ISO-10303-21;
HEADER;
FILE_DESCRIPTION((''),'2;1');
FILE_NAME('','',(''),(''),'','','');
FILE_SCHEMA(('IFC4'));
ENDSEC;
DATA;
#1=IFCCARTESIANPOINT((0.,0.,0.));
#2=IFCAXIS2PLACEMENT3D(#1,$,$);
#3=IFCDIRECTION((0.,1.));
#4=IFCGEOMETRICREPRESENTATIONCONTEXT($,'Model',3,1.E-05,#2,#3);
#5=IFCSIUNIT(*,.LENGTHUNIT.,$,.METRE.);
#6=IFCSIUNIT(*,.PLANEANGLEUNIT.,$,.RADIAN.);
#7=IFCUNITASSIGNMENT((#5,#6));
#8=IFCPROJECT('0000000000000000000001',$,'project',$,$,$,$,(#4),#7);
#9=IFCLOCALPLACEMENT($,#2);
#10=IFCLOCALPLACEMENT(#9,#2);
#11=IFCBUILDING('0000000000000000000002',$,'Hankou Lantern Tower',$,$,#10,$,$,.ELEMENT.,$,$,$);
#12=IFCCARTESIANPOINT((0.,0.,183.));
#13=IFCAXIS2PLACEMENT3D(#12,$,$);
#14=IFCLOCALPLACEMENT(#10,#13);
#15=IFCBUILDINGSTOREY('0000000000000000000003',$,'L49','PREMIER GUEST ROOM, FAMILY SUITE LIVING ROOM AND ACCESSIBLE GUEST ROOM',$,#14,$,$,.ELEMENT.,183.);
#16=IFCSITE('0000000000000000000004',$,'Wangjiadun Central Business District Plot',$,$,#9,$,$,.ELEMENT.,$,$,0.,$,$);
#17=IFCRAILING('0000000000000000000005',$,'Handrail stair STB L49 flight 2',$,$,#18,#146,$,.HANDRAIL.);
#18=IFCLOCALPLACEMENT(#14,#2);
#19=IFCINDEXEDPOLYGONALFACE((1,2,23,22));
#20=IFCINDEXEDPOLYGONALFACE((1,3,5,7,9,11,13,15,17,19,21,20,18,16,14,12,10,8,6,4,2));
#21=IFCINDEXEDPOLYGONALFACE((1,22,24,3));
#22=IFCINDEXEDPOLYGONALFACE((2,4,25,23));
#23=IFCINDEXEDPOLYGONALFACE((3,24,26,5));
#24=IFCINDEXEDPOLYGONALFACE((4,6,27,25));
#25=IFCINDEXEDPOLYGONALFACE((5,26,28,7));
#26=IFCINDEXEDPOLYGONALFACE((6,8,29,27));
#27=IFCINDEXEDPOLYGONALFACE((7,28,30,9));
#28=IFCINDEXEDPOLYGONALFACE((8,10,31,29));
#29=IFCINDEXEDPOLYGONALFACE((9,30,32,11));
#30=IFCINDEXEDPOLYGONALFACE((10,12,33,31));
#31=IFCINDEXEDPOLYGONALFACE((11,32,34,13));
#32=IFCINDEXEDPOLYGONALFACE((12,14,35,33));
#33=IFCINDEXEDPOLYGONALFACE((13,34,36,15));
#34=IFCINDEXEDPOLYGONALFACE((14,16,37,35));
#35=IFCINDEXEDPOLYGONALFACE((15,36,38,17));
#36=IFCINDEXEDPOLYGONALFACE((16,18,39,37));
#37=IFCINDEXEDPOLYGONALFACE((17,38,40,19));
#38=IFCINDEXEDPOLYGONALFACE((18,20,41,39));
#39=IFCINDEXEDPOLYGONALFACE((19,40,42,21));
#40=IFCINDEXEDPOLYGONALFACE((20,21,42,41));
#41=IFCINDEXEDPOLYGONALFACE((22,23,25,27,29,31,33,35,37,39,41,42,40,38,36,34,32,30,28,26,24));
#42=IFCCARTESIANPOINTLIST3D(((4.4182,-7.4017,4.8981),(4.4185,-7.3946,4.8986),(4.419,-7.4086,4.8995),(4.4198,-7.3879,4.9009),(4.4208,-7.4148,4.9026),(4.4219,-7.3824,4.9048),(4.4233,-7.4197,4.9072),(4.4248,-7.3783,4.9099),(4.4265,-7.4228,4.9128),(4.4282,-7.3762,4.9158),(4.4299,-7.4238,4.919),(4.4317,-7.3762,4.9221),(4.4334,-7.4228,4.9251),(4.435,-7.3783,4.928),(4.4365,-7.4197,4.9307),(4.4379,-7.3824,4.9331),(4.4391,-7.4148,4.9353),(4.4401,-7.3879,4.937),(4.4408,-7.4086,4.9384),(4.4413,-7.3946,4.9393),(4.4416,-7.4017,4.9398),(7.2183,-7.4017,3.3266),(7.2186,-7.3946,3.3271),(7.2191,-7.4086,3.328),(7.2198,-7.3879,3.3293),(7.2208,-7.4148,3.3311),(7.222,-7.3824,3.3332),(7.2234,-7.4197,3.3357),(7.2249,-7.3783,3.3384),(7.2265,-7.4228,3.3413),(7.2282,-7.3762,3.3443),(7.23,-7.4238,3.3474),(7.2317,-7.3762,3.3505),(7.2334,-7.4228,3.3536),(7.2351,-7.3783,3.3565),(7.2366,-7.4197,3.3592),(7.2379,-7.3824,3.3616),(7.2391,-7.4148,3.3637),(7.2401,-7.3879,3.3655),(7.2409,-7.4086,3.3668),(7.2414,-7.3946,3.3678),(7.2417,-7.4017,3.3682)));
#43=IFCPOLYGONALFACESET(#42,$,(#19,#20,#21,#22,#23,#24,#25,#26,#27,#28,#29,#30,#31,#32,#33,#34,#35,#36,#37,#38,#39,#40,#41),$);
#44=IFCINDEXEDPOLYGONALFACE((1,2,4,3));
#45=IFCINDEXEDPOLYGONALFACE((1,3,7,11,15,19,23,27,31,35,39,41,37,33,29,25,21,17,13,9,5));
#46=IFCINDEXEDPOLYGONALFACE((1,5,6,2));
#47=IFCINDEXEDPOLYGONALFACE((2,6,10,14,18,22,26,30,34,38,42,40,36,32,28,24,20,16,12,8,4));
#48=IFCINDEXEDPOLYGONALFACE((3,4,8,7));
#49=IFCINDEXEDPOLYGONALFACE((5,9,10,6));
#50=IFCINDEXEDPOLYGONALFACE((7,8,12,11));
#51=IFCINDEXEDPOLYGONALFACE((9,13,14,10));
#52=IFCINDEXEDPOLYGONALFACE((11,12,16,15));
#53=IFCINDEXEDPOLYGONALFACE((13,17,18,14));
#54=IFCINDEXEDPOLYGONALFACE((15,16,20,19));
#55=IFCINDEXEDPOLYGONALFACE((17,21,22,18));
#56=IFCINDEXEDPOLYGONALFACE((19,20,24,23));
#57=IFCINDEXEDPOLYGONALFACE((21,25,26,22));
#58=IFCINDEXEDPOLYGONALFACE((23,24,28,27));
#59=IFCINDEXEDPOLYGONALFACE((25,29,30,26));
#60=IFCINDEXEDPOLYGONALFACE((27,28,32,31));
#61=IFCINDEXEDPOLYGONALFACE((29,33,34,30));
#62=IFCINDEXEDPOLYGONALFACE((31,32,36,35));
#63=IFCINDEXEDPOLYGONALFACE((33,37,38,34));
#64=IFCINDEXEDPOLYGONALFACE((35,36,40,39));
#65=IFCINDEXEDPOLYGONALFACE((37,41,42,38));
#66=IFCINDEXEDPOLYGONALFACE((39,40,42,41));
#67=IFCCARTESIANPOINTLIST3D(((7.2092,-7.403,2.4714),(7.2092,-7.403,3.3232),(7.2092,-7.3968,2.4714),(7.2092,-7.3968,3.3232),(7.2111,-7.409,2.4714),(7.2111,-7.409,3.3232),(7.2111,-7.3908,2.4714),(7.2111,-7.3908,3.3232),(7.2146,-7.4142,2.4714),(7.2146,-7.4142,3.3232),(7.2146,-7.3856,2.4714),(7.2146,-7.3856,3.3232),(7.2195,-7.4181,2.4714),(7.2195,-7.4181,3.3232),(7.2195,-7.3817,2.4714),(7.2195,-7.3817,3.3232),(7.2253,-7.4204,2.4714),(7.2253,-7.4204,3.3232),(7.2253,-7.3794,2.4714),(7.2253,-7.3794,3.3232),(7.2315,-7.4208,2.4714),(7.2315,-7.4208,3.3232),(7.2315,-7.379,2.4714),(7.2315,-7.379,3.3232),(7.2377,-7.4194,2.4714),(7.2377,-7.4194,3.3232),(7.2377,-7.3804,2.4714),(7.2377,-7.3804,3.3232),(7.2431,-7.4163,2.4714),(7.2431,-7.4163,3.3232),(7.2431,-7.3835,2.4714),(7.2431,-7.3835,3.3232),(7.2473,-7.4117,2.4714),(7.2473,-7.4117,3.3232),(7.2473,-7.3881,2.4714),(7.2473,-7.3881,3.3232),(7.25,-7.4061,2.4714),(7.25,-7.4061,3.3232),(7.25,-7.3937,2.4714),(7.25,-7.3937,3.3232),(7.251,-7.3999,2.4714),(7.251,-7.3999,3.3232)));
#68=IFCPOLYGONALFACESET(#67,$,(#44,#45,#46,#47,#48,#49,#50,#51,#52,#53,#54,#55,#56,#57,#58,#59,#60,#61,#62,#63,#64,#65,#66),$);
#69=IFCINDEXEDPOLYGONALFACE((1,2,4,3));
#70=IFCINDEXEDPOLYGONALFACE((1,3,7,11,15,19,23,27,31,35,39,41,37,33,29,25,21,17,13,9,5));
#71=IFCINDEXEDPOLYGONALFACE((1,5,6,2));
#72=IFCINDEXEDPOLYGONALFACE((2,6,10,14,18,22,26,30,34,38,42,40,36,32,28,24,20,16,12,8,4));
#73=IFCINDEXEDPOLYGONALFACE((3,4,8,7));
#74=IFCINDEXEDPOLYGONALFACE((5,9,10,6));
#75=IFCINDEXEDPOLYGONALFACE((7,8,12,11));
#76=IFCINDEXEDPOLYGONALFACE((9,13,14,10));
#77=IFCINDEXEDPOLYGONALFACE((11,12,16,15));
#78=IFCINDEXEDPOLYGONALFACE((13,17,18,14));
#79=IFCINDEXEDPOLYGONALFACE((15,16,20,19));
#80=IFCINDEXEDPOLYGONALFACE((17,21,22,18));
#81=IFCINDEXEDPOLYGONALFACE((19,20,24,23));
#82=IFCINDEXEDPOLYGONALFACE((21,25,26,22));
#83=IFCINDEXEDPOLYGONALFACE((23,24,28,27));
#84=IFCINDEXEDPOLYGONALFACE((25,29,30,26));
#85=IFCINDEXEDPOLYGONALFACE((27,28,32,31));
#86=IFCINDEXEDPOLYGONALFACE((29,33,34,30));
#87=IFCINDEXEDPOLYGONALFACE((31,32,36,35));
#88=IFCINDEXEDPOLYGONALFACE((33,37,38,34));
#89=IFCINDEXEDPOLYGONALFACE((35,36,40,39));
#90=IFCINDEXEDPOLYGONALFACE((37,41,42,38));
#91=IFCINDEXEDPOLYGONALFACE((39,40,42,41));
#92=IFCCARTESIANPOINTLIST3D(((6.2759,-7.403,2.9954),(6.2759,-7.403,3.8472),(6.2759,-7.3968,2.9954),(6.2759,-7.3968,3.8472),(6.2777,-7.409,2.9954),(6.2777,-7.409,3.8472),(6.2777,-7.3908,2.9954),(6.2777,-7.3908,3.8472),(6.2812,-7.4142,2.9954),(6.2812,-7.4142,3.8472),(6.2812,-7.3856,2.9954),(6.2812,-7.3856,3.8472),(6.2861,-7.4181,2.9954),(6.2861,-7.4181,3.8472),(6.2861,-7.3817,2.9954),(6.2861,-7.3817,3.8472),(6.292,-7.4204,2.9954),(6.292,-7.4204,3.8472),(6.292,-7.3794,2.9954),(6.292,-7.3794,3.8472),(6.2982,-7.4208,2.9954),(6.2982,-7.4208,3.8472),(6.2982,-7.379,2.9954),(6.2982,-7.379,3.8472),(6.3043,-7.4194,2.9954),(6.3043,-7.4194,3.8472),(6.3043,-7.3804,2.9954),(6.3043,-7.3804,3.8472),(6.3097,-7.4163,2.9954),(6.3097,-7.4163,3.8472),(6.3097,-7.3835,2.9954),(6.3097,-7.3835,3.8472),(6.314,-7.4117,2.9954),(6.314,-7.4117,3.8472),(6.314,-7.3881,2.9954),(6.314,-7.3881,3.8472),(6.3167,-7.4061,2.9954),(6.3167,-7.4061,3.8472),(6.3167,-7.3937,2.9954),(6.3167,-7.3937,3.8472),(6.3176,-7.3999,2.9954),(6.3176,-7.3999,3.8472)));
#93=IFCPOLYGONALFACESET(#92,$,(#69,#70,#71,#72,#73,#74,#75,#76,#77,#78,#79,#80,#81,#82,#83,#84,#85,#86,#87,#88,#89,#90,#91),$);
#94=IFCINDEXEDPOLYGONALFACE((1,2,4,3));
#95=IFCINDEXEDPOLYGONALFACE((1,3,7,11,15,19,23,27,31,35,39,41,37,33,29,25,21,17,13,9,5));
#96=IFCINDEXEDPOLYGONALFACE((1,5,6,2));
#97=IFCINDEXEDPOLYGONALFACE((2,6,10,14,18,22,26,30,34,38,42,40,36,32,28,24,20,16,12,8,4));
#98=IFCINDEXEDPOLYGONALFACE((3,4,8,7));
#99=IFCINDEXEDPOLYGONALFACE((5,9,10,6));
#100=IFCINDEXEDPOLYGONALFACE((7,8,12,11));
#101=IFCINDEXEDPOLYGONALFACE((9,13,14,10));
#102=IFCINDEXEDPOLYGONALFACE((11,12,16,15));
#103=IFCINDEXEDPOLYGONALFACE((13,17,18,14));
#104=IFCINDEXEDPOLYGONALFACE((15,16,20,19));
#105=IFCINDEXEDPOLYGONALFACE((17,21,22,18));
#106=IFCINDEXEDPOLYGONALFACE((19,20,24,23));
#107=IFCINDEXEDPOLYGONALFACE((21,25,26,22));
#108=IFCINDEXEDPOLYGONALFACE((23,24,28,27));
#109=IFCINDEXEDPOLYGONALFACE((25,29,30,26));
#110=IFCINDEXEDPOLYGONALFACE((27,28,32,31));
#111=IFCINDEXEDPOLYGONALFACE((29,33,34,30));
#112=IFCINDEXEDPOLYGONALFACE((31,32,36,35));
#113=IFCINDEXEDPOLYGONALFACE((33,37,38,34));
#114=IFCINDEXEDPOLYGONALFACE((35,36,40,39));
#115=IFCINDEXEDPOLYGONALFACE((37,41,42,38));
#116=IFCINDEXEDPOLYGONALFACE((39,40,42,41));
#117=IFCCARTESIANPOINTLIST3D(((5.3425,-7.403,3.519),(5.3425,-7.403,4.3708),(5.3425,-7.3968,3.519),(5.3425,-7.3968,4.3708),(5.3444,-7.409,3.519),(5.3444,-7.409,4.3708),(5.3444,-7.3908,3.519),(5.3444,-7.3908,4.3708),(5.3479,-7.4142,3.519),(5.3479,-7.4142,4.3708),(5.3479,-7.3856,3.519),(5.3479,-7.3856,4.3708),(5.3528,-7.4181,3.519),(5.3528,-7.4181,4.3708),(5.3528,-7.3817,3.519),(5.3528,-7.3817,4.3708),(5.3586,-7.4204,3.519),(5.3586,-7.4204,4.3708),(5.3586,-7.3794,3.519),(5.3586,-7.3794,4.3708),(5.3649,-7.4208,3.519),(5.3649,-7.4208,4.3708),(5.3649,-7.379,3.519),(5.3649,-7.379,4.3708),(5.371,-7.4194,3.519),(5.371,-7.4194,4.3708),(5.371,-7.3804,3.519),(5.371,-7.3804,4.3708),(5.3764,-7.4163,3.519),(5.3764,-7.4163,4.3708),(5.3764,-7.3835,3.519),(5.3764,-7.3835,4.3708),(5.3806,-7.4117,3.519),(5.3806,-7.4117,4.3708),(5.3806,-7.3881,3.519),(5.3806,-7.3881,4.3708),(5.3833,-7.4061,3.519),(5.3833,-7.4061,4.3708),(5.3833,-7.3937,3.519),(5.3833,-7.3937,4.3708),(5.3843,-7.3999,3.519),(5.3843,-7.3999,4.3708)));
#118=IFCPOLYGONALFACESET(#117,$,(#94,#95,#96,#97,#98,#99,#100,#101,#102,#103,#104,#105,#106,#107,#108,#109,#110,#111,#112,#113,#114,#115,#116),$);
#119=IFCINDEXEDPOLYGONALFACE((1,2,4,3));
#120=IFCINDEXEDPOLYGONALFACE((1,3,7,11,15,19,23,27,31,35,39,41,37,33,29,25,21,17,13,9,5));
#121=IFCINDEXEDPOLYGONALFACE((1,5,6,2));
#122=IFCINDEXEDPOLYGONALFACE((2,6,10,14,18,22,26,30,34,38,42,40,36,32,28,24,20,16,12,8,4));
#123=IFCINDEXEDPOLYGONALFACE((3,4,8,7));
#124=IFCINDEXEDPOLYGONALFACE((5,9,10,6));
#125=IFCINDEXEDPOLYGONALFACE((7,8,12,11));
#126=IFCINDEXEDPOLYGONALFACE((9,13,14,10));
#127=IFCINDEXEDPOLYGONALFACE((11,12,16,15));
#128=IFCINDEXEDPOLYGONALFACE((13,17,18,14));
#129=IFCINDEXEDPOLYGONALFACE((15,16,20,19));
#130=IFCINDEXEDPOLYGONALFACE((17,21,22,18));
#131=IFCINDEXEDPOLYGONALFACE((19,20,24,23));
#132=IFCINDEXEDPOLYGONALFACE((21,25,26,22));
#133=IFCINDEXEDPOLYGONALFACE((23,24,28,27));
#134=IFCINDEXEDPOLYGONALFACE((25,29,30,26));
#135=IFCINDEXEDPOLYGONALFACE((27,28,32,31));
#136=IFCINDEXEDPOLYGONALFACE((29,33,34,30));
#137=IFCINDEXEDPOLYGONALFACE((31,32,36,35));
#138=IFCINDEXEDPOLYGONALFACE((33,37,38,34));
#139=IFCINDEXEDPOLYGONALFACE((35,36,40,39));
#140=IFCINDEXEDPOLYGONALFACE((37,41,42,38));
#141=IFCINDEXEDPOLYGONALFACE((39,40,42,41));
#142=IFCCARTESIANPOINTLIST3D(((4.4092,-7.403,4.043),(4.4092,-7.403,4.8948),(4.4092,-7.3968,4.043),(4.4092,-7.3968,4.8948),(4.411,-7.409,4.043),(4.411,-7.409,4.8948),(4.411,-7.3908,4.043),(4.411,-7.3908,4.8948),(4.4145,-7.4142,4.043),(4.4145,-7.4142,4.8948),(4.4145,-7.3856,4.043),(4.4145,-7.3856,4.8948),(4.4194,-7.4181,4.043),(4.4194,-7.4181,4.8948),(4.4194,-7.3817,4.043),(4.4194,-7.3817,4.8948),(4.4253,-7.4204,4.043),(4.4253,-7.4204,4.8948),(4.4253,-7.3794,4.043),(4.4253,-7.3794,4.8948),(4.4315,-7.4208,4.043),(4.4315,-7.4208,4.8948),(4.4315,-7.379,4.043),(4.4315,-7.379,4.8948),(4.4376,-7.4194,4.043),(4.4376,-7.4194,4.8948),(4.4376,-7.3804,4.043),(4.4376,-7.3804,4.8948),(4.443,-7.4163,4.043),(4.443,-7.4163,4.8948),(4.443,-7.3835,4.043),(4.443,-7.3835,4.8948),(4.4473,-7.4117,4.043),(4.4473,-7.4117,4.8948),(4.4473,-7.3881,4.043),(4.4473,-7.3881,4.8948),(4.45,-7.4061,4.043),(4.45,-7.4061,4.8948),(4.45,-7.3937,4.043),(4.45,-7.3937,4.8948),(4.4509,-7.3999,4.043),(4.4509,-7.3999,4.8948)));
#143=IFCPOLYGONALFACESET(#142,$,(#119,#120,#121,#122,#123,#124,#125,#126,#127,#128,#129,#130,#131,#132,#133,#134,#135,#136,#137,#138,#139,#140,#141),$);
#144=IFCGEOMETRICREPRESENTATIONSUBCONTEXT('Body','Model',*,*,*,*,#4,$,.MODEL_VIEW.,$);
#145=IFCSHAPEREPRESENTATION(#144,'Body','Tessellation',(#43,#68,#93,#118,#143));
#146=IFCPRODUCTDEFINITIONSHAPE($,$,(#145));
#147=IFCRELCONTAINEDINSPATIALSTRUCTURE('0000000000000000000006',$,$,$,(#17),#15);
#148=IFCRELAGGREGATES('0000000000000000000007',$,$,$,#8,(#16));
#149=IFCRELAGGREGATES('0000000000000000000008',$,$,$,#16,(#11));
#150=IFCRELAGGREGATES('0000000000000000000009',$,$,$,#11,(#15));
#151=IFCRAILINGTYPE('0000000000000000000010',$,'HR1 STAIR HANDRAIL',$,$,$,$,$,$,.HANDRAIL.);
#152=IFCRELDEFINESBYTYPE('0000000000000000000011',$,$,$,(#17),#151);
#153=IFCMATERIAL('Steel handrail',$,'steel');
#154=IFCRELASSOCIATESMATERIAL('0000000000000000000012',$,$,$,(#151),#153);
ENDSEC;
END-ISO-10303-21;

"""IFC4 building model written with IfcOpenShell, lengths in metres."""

from ifc_helpers import new_model, si_unit, direction, frame, origin, origin_2d, place, context, subcontext, project, spatial, circle, extrude, material, type_object, element, save


model = new_model("IFC4")

# Units and contexts
model_context = context("Model", 3, precision=1e-05, world=origin(), true_north=direction((0.0, 1.0)))
body_context = subcontext(model_context, "Body", "Model", "MODEL_VIEW")
ifc_project = project(units=[si_unit("LENGTHUNIT", "METRE"), si_unit("PLANEANGLEUNIT", "RADIAN")], contexts=[model_context])

# Site, building, storey
site_placement = place(None, origin())
site = spatial("IfcSite", under=ifc_project, at=site_placement, Name="Wangjiadun Central Business District Plot", CompositionType="ELEMENT", RefElevation=0.0)
building_placement = place(site_placement, origin())
building = spatial("IfcBuilding", under=site, at=building_placement, Name="Hankou Lantern Tower", CompositionType="ELEMENT")
storey_placement = place(building_placement, frame((0.0, 0.0, 183.0)))
storey = spatial("IfcBuildingStorey", under=building, at=storey_placement, Name="L49", Description="PREMIER GUEST ROOM, FAMILY SUITE LIVING ROOM AND ACCESSIBLE GUEST ROOM", CompositionType="ELEMENT", Elevation=183.0)

# Railing
ifc_material_1 = material(Name="Steel handrail", Category="steel")
railing_type = type_object("IfcRailingType", Name="HR1 STAIR HANDRAIL", PredefinedType="HANDRAIL", material=ifc_material_1)
railing_1_placement = place(storey_placement, frame((7.23, -7.3999, 2.4714)))
element("IfcRailing", 1, at=railing_1_placement, inside=storey, type_object=railing_type, Name="Handrail stair STB L49 flight 2", PredefinedType="HANDRAIL", context=body_context, shape_type="SweptSolid", body=[
    extrude(circle(Radius=0.0239, at=origin_2d()), frame((0.0, 0.0, 0.876), z_axis=(-0.87204, 0.0, 0.489434), x_axis=(0.0, -1.0, 0.0)), (0.0, 0.0, 1.0), 3.2109),
    extrude(circle(Radius=0.021, at=origin_2d()), origin(), (0.0, 0.0, 1.0), 0.8518),
    extrude(circle(Radius=0.021, at=origin_2d()), frame((-0.9333, 0.0, 0.5239)), (0.0, 0.0, 1.0), 0.8518),
    extrude(circle(Radius=0.021, at=origin_2d()), frame((-1.8667, 0.0, 1.0476)), (0.0, 0.0, 1.0), 0.8518),
    extrude(circle(Radius=0.021, at=origin_2d()), frame((-2.8, 0.0, 1.5715)), (0.0, 0.0, 1.0), 0.8518),
])

save(model, "model.ifc")
